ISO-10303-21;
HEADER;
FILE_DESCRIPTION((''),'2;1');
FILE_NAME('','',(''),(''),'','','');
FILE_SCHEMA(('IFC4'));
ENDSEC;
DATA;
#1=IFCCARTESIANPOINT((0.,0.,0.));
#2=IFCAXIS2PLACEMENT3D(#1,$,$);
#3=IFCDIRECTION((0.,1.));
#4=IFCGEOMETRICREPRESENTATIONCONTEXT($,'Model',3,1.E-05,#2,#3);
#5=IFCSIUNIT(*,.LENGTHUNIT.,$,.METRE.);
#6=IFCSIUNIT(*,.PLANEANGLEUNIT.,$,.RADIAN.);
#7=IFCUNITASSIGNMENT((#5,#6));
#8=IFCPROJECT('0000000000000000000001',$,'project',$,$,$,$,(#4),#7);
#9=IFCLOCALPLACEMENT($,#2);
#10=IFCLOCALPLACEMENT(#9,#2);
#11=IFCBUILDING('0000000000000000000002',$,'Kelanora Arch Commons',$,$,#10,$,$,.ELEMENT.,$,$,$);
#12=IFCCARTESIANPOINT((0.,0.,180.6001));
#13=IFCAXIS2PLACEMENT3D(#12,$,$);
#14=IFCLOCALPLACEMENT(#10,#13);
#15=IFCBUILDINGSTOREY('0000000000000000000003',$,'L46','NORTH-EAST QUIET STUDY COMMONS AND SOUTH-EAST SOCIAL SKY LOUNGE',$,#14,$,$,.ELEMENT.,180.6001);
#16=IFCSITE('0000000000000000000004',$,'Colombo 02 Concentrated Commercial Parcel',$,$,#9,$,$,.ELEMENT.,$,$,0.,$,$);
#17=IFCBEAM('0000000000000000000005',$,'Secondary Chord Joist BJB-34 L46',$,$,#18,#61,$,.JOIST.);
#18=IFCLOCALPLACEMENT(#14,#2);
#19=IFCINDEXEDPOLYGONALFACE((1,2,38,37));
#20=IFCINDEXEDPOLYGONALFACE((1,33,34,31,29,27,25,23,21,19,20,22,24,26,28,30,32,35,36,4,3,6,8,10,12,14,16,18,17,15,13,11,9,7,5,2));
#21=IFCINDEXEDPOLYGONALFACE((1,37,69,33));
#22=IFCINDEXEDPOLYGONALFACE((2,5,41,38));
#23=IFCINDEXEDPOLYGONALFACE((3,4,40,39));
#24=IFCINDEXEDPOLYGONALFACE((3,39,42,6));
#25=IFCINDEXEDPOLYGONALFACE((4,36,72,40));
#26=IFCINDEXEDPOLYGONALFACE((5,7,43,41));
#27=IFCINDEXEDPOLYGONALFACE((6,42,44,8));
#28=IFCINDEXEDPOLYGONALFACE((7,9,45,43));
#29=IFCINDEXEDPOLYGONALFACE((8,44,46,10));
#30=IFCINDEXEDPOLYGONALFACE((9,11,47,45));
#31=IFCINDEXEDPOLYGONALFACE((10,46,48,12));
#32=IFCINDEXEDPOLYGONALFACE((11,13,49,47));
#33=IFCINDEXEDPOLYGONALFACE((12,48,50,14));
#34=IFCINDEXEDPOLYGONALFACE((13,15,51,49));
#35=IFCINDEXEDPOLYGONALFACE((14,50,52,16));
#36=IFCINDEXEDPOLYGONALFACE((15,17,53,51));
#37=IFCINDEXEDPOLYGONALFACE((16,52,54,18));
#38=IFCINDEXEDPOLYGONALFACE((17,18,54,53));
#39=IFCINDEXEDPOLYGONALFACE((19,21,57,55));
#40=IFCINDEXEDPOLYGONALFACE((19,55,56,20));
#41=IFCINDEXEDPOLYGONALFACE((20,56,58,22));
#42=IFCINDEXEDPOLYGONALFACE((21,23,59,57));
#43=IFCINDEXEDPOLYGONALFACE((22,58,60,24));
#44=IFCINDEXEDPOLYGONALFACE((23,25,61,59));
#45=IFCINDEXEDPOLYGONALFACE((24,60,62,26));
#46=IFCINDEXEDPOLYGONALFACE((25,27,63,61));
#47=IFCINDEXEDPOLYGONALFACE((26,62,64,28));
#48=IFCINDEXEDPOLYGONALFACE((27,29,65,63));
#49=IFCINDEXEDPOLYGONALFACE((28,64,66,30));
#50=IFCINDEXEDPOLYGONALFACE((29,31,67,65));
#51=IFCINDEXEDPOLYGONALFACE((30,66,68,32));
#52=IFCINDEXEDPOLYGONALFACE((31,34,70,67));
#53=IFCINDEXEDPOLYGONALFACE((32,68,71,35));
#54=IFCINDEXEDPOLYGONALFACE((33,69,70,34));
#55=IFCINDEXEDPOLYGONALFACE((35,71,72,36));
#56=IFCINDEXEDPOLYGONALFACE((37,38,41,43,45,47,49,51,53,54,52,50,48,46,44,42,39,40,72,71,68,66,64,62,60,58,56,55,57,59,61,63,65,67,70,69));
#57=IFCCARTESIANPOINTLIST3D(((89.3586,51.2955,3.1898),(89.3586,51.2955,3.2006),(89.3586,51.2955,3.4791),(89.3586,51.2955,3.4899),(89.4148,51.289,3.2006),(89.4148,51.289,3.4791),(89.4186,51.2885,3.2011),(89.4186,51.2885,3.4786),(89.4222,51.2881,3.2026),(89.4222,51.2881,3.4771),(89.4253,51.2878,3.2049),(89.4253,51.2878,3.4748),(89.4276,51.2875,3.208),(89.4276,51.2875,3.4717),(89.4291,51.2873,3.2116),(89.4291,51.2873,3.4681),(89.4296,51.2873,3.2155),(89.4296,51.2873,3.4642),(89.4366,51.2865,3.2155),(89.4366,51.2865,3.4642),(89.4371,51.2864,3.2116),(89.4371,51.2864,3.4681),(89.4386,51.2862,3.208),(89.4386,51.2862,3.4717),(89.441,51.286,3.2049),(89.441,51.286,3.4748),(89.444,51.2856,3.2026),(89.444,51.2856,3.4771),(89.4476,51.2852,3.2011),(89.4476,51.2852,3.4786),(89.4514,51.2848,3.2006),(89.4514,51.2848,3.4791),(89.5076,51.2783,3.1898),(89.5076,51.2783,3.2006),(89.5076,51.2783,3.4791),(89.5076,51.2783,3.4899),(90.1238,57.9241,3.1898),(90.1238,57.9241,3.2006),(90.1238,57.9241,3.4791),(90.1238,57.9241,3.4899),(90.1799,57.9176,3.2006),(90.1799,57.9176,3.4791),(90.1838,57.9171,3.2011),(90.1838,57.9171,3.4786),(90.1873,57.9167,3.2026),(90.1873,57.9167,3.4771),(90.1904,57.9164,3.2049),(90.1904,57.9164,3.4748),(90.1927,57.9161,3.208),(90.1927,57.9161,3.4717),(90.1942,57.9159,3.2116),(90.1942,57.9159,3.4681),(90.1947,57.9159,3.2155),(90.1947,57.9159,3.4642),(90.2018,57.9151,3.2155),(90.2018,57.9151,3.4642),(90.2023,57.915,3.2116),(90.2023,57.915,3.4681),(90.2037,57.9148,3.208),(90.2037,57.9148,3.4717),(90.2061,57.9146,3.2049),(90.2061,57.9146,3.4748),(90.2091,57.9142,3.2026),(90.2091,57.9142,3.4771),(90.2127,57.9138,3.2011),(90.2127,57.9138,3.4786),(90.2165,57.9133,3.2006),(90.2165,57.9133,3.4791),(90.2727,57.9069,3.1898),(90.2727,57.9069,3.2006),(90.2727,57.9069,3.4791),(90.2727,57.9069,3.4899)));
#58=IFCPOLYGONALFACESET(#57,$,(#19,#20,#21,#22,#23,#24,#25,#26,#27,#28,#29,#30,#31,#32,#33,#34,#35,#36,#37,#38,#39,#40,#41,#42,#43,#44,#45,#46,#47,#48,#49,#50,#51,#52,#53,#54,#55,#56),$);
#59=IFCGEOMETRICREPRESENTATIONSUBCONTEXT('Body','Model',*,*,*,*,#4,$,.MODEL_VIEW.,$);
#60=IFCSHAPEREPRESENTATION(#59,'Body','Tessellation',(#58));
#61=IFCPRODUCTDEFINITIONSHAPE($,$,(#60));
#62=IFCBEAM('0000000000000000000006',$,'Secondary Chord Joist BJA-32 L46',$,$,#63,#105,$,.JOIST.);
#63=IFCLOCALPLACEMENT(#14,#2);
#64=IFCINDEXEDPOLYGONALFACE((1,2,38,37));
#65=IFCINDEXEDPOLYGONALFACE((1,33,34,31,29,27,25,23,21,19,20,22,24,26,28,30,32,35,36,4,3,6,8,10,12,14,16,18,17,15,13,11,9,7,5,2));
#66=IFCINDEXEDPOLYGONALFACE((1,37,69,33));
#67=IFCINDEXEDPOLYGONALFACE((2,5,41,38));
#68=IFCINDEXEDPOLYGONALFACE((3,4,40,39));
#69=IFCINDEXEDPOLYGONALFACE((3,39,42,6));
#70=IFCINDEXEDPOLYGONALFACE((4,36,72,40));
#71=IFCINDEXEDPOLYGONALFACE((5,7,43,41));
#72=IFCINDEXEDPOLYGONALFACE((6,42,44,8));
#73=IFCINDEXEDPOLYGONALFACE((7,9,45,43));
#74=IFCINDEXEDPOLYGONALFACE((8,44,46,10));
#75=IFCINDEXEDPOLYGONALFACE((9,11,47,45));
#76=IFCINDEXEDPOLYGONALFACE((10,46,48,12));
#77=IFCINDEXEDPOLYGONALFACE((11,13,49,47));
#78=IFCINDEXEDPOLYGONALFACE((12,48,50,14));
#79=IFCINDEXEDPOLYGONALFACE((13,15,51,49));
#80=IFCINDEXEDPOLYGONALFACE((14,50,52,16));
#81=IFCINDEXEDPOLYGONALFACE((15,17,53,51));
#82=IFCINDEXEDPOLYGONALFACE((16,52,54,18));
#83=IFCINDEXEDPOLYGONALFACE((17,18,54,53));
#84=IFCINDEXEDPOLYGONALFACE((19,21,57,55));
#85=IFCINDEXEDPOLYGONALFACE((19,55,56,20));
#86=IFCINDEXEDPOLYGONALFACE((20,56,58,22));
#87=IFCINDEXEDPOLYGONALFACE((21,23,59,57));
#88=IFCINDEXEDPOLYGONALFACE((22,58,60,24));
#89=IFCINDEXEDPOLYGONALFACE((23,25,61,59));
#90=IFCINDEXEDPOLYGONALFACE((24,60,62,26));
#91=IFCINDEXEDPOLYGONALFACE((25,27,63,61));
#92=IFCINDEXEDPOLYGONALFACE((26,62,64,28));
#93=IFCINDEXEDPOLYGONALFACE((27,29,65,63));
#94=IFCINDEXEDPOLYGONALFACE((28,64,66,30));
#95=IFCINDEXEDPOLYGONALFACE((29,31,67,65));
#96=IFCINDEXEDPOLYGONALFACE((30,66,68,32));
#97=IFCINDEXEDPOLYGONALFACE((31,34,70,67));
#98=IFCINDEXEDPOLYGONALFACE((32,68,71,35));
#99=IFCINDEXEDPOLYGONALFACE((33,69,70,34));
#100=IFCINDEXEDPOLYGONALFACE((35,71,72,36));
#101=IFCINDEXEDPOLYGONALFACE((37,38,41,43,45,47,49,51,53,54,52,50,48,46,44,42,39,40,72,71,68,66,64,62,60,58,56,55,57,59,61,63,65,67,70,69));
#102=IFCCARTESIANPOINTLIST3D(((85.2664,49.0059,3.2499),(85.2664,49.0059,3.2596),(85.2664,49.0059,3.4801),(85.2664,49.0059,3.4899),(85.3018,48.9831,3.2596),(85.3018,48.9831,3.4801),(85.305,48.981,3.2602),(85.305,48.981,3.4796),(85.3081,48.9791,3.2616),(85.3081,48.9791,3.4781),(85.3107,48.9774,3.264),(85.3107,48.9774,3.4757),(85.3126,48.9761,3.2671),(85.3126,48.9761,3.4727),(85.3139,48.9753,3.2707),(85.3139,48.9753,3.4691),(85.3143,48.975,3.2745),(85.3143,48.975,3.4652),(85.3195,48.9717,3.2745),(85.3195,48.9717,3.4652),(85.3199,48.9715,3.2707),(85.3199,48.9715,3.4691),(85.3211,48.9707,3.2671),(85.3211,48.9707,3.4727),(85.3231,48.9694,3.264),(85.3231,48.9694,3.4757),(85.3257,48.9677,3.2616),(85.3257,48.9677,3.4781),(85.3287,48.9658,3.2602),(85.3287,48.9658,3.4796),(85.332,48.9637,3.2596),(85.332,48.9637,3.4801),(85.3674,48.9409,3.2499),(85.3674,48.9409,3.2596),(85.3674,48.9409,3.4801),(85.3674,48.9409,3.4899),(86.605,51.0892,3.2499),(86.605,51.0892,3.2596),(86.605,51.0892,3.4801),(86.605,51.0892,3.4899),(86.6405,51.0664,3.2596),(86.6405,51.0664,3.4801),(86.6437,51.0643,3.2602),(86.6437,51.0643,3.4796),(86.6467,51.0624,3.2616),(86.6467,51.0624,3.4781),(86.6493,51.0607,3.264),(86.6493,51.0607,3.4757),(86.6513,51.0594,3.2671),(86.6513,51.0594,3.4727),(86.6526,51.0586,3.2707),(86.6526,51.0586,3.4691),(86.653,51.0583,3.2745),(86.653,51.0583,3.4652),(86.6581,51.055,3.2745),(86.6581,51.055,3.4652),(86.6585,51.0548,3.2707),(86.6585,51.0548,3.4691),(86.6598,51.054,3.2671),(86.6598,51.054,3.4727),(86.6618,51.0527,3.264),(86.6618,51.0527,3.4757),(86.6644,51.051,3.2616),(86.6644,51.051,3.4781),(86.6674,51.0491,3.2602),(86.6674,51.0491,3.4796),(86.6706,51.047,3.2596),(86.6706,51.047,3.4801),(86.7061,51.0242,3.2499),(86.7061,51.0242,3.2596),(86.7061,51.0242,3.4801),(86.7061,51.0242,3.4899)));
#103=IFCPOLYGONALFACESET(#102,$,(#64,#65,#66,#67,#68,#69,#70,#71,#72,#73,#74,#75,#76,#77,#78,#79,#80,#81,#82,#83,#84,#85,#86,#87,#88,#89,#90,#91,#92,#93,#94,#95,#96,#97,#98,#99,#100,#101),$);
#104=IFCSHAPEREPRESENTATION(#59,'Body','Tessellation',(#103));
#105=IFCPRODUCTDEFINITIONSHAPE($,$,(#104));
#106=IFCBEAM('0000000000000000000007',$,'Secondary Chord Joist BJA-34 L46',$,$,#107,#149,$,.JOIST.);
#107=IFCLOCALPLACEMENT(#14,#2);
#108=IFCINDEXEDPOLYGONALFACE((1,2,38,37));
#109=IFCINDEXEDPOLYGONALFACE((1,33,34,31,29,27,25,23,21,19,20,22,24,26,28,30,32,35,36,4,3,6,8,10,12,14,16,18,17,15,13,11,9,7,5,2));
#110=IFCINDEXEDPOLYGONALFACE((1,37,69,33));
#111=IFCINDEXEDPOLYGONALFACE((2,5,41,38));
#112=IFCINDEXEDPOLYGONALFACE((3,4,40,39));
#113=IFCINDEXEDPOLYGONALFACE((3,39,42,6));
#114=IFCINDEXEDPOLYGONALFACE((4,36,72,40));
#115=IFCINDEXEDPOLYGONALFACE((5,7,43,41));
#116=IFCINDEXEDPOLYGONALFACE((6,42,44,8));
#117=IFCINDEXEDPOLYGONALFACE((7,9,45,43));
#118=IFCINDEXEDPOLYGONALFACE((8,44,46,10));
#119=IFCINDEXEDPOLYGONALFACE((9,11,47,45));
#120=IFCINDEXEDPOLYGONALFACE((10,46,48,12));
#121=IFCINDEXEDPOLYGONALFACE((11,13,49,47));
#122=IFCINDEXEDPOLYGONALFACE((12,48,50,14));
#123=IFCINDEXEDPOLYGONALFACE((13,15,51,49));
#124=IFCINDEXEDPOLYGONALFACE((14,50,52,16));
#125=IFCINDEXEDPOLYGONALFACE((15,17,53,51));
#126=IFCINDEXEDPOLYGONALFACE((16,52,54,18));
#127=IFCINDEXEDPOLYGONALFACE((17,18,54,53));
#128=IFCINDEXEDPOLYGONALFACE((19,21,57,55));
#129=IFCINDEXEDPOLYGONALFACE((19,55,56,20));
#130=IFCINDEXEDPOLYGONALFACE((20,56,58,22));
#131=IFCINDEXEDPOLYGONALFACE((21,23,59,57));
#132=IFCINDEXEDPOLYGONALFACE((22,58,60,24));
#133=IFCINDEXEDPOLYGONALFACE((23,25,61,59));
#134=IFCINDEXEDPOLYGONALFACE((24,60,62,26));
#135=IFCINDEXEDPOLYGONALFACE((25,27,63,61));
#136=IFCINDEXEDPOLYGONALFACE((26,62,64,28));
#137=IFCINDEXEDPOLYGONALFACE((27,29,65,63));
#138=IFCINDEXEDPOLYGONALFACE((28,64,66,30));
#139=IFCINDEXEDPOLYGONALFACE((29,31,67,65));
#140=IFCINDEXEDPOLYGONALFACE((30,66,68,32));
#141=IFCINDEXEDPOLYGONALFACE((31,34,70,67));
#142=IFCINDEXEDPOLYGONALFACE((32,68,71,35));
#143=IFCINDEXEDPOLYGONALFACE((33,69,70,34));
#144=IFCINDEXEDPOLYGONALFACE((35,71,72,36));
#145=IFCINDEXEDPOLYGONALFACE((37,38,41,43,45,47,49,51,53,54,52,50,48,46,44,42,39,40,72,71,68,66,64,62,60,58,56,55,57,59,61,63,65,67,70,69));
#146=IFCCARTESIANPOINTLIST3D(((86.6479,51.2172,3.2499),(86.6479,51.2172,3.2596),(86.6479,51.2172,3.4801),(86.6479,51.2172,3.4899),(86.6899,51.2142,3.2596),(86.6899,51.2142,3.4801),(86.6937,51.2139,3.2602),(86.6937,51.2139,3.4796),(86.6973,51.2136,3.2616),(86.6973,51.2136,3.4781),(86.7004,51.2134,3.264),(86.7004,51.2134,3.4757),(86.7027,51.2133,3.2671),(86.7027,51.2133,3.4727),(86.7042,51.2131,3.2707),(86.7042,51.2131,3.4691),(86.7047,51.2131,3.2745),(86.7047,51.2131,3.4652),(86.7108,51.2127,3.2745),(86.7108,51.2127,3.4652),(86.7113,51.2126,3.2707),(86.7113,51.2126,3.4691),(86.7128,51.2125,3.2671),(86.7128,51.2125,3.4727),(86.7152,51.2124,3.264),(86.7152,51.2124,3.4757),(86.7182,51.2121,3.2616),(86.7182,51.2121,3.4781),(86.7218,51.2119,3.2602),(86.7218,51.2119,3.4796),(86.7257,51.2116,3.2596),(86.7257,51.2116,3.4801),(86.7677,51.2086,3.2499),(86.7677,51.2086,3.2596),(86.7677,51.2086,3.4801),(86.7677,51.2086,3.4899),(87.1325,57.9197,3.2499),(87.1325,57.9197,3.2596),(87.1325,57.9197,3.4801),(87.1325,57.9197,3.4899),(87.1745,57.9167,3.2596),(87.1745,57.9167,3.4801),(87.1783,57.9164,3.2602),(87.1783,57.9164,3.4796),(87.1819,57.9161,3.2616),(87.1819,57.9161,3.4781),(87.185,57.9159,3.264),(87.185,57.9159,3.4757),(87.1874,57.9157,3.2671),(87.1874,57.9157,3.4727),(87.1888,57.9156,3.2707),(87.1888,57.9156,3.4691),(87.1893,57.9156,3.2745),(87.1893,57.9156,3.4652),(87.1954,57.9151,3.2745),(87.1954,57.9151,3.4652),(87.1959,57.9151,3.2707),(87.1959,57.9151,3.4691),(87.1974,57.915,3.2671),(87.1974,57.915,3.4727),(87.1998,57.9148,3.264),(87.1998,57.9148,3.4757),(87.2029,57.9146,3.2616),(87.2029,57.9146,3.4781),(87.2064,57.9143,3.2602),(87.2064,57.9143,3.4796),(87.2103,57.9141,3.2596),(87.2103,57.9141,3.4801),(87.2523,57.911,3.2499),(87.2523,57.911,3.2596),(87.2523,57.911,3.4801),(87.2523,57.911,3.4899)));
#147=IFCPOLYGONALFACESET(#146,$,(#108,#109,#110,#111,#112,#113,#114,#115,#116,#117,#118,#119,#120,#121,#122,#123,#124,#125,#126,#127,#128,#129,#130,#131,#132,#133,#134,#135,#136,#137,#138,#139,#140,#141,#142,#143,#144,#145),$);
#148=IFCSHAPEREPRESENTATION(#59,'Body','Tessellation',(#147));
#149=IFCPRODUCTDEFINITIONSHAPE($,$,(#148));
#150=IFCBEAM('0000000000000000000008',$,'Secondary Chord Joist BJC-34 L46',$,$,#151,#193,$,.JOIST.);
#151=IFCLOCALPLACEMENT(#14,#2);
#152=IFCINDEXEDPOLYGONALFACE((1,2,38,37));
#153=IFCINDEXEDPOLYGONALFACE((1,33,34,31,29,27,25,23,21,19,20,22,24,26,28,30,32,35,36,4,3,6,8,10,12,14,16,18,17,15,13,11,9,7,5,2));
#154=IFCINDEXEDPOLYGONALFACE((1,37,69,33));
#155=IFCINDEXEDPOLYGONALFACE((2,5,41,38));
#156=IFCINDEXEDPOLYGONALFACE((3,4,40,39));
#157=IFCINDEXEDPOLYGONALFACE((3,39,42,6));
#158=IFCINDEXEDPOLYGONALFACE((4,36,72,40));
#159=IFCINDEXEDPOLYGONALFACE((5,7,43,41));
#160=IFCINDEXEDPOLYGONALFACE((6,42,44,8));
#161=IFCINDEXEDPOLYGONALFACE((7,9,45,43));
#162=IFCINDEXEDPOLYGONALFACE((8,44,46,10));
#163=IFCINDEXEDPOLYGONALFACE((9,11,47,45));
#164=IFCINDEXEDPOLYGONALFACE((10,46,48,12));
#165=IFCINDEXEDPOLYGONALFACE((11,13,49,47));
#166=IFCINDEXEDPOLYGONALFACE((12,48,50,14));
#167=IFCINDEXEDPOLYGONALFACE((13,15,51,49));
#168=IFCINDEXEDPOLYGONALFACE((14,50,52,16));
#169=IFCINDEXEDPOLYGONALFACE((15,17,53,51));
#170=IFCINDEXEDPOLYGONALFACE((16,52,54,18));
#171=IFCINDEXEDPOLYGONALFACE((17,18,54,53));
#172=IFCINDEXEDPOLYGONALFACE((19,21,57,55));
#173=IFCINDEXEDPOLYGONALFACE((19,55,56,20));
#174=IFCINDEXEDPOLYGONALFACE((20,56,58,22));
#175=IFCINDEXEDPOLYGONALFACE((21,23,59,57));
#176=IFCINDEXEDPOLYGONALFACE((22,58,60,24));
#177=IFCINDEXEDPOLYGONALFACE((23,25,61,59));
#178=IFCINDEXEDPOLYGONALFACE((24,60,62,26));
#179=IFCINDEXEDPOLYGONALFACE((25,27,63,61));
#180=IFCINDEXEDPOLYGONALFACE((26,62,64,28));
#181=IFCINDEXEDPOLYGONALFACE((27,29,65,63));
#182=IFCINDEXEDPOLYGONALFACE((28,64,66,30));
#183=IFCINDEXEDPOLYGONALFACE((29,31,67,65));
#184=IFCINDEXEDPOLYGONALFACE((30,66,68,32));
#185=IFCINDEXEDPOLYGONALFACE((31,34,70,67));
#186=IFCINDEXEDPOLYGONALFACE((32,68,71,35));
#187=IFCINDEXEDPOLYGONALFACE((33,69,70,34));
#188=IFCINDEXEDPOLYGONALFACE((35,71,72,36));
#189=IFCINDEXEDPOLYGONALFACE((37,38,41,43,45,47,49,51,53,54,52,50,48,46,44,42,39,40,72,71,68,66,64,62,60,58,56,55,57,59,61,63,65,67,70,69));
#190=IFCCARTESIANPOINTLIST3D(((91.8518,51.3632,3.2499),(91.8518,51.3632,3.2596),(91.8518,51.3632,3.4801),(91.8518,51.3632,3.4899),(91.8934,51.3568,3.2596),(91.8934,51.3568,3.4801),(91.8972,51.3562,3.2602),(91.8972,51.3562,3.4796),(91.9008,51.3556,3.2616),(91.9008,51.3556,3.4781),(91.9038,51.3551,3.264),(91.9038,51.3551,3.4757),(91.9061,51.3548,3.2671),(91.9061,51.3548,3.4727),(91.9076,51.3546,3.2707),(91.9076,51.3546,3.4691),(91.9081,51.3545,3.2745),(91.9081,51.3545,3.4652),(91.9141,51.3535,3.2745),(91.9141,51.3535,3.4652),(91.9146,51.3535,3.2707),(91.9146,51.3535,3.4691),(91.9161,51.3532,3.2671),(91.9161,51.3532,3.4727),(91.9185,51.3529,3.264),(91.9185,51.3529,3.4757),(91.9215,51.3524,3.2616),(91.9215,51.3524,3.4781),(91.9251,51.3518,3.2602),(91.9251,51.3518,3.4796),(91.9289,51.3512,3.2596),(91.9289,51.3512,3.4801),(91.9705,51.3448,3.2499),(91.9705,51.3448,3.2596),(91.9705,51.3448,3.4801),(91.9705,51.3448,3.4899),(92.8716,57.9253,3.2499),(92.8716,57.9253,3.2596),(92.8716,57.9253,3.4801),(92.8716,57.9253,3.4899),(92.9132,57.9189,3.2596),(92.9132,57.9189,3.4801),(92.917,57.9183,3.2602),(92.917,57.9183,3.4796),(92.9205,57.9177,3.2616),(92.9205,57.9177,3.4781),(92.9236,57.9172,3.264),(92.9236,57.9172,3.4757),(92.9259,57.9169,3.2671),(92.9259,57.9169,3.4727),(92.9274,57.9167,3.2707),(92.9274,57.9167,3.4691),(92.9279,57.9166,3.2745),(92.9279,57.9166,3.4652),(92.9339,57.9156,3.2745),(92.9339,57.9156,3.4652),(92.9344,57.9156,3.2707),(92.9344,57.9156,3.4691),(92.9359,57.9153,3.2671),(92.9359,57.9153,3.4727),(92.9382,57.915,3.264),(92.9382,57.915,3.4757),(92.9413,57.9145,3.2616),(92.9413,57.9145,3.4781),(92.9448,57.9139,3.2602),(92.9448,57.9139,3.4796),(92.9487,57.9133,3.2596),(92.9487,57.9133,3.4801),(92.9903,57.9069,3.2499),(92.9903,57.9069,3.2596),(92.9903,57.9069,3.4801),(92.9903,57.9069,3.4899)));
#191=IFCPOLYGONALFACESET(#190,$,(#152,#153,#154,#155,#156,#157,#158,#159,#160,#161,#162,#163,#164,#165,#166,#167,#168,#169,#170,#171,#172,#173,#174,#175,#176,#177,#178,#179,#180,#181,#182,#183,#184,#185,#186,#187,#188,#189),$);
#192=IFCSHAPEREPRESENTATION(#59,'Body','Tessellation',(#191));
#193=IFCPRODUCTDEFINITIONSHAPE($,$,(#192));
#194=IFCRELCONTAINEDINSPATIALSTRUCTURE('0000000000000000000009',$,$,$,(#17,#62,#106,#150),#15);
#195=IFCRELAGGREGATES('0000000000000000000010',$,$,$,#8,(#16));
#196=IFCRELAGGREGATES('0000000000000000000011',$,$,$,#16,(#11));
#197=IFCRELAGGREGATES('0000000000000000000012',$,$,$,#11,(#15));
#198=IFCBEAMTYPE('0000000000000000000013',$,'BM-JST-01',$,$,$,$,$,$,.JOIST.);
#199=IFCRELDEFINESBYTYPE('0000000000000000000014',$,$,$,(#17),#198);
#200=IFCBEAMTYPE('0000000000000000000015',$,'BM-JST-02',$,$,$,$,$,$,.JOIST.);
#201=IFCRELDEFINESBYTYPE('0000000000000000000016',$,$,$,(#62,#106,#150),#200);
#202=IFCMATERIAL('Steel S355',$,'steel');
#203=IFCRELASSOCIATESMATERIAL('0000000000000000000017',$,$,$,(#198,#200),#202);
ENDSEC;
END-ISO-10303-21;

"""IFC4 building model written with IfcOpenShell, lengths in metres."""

from ifc_helpers import new_model, si_unit, direction, frame, origin, origin_2d, place, context, subcontext, project, spatial, i_section, extrude, material, material_profile, profile_set, type_object, element, save


model = new_model("IFC4")

# Units and contexts
model_context = context("Model", 3, precision=1e-05, world=origin(), true_north=direction((0.0, 1.0)))
body_context = subcontext(model_context, "Body", "Model", "MODEL_VIEW")
ifc_project = project(units=[si_unit("LENGTHUNIT", "METRE"), si_unit("PLANEANGLEUNIT", "RADIAN")], contexts=[model_context])

# Site, building, storey
site_placement = place(None, origin())
site = spatial("IfcSite", under=ifc_project, at=site_placement, Name="Colombo 02 Concentrated Commercial Parcel", CompositionType="ELEMENT", RefElevation=0.0)
building_placement = place(site_placement, origin())
building = spatial("IfcBuilding", under=site, at=building_placement, Name="Kelanora Arch Commons", CompositionType="ELEMENT")
storey_placement = place(building_placement, frame((0.0, 0.0, 180.6001)))
storey = spatial("IfcBuildingStorey", under=building, at=storey_placement, Name="L46", Description="NORTH-EAST QUIET STUDY COMMONS AND SOUTH-EAST SOCIAL SKY LOUNGE", CompositionType="ELEMENT", Elevation=180.6001)

# Beams
ifc_material_1 = material(Name="Steel S355", Category="steel")
ifc_material_profile_1 = material_profile(ifc_material_1, i_section(OverallWidth=0.1499, OverallDepth=0.3, WebThickness=0.0071, FlangeThickness=0.0107, FilletRadius=0.0149, at=origin_2d()), Name="IPE300")
ifc_profile_set_1 = profile_set([ifc_material_profile_1], Name="Steel S355")
beam_type_1 = type_object("IfcBeamType", Name="BM-JST-01", PredefinedType="JOIST", material=ifc_profile_set_1)
beam_1_placement = place(storey_placement, frame((89.4331, 51.2869, 3.3398), z_axis=(0.114667, 0.993404, 0.0), x_axis=(-0.993404, 0.114667, 0.0)))
element("IfcBeam", 1, at=beam_1_placement, inside=storey, type_object=beam_type_1, Name="Secondary Chord Joist BJB-34 L46", PredefinedType="JOIST", context=body_context, shape_type="SweptSolid", body=[
    extrude(i_section(OverallWidth=0.1499, OverallDepth=0.3, WebThickness=0.0071, FlangeThickness=0.0107, FilletRadius=0.0149, at=origin_2d()), origin(), (0.0, 0.0, 1.0), 6.6726),
])
ifc_material_profile_2 = material_profile(ifc_material_1, i_section(OverallWidth=0.1201, OverallDepth=0.24, WebThickness=0.0061, FlangeThickness=0.0098, FilletRadius=0.0149, at=origin_2d()), Name="IPE240")
ifc_profile_set_2 = profile_set([ifc_material_profile_2], Name="Steel S355")
beam_type_2 = type_object("IfcBeamType", Name="BM-JST-02", PredefinedType="JOIST", material=ifc_profile_set_2)
beam_2_placement = place(storey_placement, frame((85.3169, 48.9734, 3.3699), z_axis=(0.540583, 0.841291, 0.0), x_axis=(-0.841291, 0.540583, 0.0)))
element("IfcBeam", 2, at=beam_2_placement, inside=storey, type_object=beam_type_2, Name="Secondary Chord Joist BJA-32 L46", PredefinedType="JOIST", context=body_context, shape_type="SweptSolid", body=[
    extrude(i_section(OverallWidth=0.1201, OverallDepth=0.24, WebThickness=0.0061, FlangeThickness=0.0098, FilletRadius=0.0149, at=origin_2d()), origin(), (0.0, 0.0, 1.0), 2.4763),
])
beam_3_placement = place(storey_placement, frame((86.7078, 51.2129, 3.3699), z_axis=(0.072117, 0.997396, 0.0), x_axis=(-0.997396, 0.072117, 0.0)))
element("IfcBeam", 3, at=beam_3_placement, inside=storey, type_object=beam_type_2, Name="Secondary Chord Joist BJA-34 L46", PredefinedType="JOIST", context=body_context, shape_type="SweptSolid", body=[
    extrude(i_section(OverallWidth=0.1201, OverallDepth=0.24, WebThickness=0.0061, FlangeThickness=0.0098, FilletRadius=0.0149, at=origin_2d()), origin(), (0.0, 0.0, 1.0), 6.72),
])
beam_4_placement = place(storey_placement, frame((91.9111, 51.354, 3.3699), z_axis=(0.153563, 0.988139, 0.0), x_axis=(-0.988139, 0.153563, 0.0)))
element("IfcBeam", 4, at=beam_4_placement, inside=storey, type_object=beam_type_2, Name="Secondary Chord Joist BJC-34 L46", PredefinedType="JOIST", context=body_context, shape_type="SweptSolid", body=[
    extrude(i_section(OverallWidth=0.1201, OverallDepth=0.24, WebThickness=0.0061, FlangeThickness=0.0098, FilletRadius=0.0149, at=origin_2d()), origin(), (0.0, 0.0, 1.0), 6.6409),
])

save(model, "model.ifc")
